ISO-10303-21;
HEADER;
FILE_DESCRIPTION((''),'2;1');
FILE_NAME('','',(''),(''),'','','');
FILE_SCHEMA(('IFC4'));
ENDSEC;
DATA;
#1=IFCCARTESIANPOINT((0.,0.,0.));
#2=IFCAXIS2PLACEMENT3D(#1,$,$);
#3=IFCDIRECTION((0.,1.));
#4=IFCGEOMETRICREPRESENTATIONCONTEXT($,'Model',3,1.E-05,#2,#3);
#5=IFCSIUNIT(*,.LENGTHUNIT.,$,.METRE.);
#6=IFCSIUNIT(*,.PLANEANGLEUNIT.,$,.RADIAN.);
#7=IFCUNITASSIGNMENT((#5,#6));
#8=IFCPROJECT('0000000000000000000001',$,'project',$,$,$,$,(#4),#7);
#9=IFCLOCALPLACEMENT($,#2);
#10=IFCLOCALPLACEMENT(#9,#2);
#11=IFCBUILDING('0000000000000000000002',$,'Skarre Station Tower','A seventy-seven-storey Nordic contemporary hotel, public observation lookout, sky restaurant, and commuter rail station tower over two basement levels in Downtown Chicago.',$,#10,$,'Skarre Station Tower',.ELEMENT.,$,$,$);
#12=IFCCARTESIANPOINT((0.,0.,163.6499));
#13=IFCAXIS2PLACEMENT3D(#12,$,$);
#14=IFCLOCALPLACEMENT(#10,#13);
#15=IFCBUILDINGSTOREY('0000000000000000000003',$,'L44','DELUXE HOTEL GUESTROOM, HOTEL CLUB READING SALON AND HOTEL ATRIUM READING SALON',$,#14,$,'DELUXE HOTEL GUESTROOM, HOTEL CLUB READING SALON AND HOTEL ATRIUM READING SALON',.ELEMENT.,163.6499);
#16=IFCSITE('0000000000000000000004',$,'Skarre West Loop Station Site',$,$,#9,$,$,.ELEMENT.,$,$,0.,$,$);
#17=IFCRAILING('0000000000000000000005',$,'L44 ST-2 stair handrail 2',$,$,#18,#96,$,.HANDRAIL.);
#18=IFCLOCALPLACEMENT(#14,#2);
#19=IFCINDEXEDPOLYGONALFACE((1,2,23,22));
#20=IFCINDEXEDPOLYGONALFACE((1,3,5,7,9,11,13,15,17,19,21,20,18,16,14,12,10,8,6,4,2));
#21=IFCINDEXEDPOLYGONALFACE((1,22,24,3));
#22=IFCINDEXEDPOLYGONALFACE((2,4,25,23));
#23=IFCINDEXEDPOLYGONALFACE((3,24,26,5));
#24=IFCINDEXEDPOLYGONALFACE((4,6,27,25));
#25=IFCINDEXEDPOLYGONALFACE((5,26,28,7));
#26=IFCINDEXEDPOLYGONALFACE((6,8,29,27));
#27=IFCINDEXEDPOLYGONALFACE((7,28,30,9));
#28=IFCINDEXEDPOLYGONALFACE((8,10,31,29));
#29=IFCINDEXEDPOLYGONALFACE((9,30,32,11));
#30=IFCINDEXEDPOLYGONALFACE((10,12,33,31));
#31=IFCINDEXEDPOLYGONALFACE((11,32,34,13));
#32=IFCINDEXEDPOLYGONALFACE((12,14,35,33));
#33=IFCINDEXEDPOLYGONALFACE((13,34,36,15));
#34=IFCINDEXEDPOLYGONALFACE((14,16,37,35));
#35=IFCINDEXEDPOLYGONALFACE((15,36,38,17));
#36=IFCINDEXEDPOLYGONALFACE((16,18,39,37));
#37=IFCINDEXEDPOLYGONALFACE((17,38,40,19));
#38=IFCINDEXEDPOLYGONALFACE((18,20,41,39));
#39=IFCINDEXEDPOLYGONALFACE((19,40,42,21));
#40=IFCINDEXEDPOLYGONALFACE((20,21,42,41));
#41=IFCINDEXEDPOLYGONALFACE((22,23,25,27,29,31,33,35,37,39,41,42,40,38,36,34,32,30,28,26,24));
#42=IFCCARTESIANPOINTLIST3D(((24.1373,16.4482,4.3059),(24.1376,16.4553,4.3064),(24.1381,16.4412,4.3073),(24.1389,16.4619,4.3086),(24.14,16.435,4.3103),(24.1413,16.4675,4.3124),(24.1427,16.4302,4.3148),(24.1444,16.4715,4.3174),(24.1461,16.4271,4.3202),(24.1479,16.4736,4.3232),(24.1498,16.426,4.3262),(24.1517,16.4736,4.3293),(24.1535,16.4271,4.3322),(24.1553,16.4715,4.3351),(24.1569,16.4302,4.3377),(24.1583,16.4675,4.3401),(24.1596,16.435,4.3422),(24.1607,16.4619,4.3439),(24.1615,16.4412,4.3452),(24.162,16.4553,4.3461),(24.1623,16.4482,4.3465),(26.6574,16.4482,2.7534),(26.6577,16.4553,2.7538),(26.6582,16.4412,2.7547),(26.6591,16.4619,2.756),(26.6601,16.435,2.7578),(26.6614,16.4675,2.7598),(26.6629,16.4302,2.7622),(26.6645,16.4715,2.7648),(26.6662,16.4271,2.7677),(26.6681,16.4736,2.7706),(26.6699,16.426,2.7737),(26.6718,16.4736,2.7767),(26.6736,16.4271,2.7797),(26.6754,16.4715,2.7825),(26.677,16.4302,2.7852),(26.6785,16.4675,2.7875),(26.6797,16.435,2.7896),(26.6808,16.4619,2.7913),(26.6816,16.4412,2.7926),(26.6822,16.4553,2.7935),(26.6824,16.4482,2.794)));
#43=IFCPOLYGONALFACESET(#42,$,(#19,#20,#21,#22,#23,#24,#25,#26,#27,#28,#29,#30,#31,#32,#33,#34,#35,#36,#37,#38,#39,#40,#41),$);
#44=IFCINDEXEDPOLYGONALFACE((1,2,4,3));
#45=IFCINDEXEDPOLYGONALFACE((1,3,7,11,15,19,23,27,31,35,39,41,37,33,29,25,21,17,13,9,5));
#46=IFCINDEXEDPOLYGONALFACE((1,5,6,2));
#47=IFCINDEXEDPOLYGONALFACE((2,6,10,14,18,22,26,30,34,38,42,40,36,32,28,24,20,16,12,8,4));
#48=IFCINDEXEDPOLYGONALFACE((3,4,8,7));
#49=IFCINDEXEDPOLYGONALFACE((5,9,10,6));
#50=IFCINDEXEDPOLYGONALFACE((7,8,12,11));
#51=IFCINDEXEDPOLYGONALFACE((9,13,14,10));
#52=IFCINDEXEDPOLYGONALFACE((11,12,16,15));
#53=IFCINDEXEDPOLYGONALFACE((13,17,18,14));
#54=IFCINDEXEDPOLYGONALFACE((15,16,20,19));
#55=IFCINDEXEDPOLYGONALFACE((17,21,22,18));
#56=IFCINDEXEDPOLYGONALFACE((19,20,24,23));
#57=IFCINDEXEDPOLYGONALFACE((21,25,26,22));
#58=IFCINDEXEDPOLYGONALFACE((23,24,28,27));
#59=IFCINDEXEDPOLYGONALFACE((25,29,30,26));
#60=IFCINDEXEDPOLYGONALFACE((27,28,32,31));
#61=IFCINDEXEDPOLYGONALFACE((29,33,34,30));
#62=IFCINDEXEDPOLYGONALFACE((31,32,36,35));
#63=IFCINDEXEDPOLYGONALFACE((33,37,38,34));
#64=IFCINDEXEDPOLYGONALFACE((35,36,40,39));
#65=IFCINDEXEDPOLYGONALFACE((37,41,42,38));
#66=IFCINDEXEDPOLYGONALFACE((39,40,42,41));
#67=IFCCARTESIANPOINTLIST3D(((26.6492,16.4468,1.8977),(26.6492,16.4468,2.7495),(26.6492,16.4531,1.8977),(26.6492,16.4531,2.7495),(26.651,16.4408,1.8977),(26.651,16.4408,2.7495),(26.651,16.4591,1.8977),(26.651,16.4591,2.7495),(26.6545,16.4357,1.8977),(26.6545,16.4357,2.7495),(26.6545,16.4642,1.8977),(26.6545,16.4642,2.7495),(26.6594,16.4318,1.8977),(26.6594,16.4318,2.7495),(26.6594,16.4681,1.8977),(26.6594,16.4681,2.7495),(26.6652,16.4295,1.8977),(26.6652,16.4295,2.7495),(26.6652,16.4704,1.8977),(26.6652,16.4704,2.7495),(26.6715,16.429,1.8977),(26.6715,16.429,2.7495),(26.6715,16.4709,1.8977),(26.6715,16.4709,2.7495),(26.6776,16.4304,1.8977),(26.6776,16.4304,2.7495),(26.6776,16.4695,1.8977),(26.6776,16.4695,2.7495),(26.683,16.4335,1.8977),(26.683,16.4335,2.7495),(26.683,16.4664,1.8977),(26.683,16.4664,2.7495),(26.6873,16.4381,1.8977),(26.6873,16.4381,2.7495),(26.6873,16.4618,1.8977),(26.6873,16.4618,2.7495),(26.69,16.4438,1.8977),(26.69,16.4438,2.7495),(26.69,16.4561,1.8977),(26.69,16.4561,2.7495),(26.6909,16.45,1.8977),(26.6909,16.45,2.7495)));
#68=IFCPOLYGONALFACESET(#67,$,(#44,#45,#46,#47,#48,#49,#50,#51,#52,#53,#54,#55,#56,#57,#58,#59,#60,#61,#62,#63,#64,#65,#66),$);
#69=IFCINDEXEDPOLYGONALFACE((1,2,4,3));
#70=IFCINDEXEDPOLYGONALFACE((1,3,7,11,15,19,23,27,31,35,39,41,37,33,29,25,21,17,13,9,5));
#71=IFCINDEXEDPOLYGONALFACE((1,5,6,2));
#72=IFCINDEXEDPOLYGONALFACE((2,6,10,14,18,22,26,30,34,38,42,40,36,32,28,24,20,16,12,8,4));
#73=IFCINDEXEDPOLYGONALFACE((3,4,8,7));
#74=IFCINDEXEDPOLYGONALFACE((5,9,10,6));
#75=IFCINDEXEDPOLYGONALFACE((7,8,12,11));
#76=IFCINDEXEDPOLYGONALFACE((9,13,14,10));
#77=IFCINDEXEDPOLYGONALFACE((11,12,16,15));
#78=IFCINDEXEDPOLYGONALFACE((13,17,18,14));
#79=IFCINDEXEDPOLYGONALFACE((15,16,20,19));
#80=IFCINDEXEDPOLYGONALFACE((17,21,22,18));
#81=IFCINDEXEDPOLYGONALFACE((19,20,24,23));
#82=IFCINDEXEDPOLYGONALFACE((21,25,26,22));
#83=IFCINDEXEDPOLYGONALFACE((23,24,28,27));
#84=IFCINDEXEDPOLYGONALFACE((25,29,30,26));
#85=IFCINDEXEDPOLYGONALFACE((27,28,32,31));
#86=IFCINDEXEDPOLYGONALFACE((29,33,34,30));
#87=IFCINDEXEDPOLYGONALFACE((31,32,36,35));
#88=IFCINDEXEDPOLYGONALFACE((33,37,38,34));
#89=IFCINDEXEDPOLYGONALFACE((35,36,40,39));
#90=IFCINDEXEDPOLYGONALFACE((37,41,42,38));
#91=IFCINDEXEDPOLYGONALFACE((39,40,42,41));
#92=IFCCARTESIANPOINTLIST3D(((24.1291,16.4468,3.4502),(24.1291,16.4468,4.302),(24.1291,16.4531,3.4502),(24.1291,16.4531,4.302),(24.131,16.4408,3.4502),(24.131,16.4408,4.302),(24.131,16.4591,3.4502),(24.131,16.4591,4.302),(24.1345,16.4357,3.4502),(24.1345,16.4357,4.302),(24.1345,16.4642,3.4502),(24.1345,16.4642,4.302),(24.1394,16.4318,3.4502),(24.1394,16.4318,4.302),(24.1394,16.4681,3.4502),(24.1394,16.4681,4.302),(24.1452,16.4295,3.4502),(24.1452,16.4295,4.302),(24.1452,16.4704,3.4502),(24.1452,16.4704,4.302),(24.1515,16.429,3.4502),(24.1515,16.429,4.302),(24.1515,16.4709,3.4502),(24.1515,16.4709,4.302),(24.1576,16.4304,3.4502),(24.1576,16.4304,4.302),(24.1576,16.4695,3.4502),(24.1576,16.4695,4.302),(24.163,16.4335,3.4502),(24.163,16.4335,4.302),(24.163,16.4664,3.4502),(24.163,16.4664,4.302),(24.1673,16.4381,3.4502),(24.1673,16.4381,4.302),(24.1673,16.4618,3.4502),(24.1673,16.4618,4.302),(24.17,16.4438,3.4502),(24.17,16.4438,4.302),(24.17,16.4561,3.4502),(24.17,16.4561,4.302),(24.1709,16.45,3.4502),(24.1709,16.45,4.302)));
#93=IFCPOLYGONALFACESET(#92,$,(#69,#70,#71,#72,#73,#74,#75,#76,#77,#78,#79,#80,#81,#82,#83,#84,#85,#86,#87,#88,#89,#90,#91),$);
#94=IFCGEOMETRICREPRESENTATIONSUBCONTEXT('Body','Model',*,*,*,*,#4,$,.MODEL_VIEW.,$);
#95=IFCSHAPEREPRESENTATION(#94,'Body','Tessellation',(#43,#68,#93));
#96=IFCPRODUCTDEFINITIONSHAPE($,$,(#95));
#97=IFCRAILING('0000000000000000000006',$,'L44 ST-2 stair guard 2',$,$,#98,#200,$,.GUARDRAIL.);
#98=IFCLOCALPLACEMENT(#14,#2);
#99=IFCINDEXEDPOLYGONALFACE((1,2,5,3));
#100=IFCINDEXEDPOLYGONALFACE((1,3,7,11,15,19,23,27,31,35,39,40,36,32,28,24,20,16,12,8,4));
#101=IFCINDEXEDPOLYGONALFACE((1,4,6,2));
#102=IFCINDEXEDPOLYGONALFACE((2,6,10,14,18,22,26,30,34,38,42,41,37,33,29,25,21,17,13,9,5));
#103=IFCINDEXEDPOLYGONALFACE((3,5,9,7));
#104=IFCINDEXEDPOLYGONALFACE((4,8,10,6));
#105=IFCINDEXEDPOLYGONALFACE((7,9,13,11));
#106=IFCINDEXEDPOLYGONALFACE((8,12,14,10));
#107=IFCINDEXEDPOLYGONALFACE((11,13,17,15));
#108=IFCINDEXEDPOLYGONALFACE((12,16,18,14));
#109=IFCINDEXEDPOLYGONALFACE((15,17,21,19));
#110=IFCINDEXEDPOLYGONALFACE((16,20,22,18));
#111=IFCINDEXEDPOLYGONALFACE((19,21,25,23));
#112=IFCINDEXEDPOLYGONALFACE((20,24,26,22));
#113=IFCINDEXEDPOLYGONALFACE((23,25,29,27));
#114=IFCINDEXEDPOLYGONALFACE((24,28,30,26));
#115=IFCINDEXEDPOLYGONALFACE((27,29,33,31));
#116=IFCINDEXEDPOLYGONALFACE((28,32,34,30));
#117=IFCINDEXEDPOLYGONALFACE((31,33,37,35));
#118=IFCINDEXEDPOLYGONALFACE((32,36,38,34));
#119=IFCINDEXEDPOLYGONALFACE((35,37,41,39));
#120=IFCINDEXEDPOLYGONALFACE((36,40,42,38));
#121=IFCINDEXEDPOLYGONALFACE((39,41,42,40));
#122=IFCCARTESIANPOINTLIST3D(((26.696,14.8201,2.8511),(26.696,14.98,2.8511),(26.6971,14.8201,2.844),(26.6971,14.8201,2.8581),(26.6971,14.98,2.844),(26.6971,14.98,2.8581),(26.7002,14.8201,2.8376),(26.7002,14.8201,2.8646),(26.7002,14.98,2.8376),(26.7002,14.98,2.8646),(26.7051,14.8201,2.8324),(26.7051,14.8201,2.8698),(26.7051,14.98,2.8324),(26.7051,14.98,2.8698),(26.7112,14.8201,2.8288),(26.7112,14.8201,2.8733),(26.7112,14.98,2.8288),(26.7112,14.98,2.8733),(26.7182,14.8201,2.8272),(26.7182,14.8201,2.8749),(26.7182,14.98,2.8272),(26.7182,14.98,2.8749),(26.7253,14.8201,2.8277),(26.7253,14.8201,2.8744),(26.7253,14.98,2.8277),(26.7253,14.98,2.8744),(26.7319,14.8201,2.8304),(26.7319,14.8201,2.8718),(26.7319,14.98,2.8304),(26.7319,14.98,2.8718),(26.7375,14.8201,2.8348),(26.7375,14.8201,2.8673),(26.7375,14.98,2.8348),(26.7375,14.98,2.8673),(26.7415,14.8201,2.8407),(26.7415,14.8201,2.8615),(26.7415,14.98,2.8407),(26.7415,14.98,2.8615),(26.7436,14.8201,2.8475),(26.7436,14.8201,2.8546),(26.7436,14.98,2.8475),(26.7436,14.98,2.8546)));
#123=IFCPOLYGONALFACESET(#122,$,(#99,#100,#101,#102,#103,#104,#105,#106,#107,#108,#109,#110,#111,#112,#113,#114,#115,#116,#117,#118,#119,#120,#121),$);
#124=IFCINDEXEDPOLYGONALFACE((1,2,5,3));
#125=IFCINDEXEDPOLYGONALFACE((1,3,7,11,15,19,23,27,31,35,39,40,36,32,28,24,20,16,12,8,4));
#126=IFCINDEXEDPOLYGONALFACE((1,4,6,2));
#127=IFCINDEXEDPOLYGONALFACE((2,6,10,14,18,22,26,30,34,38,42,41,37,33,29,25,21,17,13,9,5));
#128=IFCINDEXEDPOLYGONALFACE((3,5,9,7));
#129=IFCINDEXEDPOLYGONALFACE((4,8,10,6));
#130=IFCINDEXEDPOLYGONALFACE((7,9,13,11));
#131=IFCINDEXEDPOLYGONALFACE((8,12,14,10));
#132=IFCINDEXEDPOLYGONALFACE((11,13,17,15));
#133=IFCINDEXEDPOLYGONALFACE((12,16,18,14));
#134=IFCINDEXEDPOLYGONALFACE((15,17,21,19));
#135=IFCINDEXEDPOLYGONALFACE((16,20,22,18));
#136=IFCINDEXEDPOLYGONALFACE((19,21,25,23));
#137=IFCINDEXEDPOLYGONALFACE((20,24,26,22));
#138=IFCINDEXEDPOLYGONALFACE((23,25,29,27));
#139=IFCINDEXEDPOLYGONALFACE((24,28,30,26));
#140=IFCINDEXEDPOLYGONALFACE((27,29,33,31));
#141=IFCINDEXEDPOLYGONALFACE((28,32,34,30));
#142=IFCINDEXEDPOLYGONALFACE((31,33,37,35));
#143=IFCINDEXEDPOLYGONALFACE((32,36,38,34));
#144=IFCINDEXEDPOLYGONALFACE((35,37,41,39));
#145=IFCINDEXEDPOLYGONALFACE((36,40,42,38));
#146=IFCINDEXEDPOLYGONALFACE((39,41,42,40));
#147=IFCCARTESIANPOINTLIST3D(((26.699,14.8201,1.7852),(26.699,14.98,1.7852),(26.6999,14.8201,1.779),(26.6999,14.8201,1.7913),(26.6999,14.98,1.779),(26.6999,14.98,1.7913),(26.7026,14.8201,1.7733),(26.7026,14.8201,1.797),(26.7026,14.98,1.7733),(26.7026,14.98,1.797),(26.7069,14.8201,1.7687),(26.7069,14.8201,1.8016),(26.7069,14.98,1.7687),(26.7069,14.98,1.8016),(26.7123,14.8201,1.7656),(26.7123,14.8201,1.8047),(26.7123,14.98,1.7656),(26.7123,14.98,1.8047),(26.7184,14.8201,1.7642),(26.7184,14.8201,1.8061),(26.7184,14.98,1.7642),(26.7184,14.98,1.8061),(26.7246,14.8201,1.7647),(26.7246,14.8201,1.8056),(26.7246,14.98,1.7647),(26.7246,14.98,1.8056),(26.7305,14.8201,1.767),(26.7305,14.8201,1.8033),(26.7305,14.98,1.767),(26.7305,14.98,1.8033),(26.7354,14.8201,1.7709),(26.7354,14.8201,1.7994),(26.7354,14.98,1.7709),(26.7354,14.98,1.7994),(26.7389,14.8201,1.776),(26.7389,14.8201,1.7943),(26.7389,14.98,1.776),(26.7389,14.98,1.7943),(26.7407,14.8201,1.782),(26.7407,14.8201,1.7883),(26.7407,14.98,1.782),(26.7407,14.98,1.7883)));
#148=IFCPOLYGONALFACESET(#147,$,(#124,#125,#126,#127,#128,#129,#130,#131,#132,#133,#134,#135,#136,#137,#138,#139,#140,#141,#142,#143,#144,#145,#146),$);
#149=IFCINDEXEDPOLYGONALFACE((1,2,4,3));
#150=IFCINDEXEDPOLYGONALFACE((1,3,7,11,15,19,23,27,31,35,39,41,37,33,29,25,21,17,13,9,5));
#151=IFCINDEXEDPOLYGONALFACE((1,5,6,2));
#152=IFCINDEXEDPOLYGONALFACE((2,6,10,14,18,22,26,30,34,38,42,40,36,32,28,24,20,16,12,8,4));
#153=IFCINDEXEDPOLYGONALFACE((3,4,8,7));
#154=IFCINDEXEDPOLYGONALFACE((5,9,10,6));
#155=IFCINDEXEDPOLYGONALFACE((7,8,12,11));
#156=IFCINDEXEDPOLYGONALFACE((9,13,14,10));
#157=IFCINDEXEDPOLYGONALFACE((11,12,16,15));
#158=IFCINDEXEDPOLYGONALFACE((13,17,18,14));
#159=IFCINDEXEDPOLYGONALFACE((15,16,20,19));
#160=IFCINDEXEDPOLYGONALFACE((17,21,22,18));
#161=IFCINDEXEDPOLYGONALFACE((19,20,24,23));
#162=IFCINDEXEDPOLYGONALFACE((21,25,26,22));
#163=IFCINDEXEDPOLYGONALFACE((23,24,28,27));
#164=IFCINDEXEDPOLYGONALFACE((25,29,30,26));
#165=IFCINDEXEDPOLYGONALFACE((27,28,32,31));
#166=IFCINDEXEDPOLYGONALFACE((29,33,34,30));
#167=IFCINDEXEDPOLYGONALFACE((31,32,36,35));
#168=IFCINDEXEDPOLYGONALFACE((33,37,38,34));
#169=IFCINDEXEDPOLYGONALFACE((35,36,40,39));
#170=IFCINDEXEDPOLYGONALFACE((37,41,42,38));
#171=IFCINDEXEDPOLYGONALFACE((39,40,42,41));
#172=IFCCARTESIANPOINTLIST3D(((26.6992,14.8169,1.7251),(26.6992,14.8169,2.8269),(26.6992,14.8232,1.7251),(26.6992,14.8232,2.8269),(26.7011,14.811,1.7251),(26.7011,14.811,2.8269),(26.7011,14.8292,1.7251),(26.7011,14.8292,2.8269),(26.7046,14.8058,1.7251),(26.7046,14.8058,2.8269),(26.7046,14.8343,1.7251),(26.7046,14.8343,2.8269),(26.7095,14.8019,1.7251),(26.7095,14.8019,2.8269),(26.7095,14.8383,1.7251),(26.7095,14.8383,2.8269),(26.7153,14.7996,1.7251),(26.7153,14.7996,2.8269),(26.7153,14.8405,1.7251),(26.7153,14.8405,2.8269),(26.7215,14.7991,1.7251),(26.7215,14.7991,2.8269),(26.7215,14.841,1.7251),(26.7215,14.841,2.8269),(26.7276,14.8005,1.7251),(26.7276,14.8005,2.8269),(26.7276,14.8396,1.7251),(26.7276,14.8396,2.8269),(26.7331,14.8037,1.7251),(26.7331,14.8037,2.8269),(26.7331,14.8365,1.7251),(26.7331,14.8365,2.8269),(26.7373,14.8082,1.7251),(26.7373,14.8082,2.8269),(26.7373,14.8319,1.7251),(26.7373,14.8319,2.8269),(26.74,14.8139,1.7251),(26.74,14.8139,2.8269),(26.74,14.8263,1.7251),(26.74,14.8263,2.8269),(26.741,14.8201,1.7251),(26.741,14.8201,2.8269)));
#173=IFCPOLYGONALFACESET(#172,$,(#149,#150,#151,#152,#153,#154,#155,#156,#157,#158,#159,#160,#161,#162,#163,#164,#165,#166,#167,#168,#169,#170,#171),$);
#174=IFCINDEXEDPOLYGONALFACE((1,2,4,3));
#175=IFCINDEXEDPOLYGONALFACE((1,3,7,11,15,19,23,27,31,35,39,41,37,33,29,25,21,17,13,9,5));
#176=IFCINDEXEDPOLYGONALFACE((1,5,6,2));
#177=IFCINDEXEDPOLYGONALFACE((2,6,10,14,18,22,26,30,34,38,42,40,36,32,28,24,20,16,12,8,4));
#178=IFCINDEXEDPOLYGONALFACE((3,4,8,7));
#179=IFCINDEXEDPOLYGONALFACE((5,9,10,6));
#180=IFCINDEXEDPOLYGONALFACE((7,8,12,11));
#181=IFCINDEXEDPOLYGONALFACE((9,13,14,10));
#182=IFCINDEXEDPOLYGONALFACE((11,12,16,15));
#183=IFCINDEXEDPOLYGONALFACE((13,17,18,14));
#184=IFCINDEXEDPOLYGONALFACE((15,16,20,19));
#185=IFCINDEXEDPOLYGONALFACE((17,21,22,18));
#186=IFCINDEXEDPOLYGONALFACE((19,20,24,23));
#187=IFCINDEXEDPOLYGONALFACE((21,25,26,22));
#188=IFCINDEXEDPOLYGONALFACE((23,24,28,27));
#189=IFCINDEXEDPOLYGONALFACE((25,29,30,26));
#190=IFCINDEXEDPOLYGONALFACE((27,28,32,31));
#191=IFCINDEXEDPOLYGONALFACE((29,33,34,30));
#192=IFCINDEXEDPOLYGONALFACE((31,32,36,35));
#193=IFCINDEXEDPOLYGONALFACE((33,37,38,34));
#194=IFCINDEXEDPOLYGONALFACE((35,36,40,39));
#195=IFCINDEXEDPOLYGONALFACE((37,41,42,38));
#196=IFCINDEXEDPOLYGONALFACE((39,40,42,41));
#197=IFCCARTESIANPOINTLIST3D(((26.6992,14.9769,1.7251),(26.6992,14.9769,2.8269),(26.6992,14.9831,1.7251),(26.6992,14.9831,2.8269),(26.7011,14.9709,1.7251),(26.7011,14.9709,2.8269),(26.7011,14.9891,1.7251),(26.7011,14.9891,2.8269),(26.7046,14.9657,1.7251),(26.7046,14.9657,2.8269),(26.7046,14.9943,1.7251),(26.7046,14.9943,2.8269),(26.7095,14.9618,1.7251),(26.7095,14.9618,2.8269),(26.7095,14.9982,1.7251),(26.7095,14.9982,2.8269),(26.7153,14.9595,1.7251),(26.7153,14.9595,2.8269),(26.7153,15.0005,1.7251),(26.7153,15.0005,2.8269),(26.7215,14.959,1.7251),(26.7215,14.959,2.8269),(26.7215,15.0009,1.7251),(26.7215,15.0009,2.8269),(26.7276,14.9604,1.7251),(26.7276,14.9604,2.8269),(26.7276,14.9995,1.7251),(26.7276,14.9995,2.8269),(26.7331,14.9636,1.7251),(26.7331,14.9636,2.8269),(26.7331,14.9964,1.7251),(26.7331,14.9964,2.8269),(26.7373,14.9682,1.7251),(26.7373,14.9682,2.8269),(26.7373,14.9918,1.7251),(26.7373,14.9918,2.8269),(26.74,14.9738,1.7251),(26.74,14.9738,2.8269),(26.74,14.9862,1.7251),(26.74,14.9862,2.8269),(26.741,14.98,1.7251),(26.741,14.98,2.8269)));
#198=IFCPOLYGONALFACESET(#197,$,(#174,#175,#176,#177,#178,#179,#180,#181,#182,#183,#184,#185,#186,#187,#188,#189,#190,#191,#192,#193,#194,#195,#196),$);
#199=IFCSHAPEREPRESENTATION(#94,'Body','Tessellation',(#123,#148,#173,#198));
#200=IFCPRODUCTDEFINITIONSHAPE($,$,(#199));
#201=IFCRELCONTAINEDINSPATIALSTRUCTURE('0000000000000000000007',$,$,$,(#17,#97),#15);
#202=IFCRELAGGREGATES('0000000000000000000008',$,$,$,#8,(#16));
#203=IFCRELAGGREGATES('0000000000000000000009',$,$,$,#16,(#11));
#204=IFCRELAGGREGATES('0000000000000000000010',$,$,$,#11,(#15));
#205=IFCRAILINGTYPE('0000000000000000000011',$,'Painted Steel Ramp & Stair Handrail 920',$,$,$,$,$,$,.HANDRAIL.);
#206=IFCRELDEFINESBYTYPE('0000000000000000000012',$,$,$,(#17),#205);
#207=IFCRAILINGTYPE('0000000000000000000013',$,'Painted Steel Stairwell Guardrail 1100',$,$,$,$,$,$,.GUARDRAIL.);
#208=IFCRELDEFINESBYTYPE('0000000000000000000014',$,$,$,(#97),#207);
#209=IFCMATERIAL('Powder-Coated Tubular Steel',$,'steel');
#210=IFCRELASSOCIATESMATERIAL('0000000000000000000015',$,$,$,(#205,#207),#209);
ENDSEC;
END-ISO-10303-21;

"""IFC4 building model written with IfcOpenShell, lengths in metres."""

from ifc_helpers import new_model, si_unit, direction, frame, origin, origin_2d, place, context, subcontext, project, spatial, circle, extrude, material, type_object, element, save


model = new_model("IFC4")

# Units and contexts
model_context = context("Model", 3, precision=1e-05, world=origin(), true_north=direction((0.0, 1.0)))
body_context = subcontext(model_context, "Body", "Model", "MODEL_VIEW")
ifc_project = project(units=[si_unit("LENGTHUNIT", "METRE"), si_unit("PLANEANGLEUNIT", "RADIAN")], contexts=[model_context])

# Site, building, storey
site_placement = place(None, origin())
site = spatial("IfcSite", under=ifc_project, at=site_placement, Name="Skarre West Loop Station Site", CompositionType="ELEMENT", RefElevation=0.0)
building_placement = place(site_placement, origin())
building = spatial("IfcBuilding", under=site, at=building_placement, Name="Skarre Station Tower", Description="A seventy-seven-storey Nordic contemporary hotel, public observation lookout, sky restaurant, and commuter rail station tower over two basement levels in Downtown Chicago.", LongName="Skarre Station Tower", CompositionType="ELEMENT")
storey_placement = place(building_placement, frame((0.0, 0.0, 163.6499)))
storey = spatial("IfcBuildingStorey", under=building, at=storey_placement, Name="L44", Description="DELUXE HOTEL GUESTROOM, HOTEL CLUB READING SALON AND HOTEL ATRIUM READING SALON", LongName="DELUXE HOTEL GUESTROOM, HOTEL CLUB READING SALON AND HOTEL ATRIUM READING SALON", CompositionType="ELEMENT", Elevation=163.6499)

# Railings
ifc_material_1 = material(Name="Powder-Coated Tubular Steel", Category="steel")
railing_type_1 = type_object("IfcRailingType", Name="Painted Steel Ramp & Stair Handrail 920", PredefinedType="HANDRAIL", material=ifc_material_1)
railing_1_placement = place(storey_placement, frame((26.6699, 16.45, 1.8977)))
element("IfcRailing", 1, at=railing_1_placement, inside=storey, type_object=railing_type_1, Name="L44 ST-2 stair handrail 2", PredefinedType="HANDRAIL", context=body_context, shape_type="SweptSolid", body=[
    extrude(circle(Radius=0.0239, at=origin_2d()), frame((0.0, 0.0, 0.876), z_axis=(-0.8514, 0.0, 0.524516), x_axis=(0.0, -1.0, 0.0)), (0.0, 0.0, 1.0), 2.96),
    extrude(circle(Radius=0.021, at=origin_2d()), origin(), (0.0, 0.0, 1.0), 0.8518),
    extrude(circle(Radius=0.021, at=origin_2d()), frame((-2.52, 0.0, 1.5525)), (0.0, 0.0, 1.0), 0.8518),
])
railing_type_2 = type_object("IfcRailingType", Name="Painted Steel Stairwell Guardrail 1100", PredefinedType="GUARDRAIL", material=ifc_material_1)
railing_2_placement = place(storey_placement, frame((26.72, 14.8201, 1.7251)))
element("IfcRailing", 2, at=railing_2_placement, inside=storey, type_object=railing_type_2, Name="L44 ST-2 stair guard 2", PredefinedType="GUARDRAIL", context=body_context, shape_type="SweptSolid", body=[
    extrude(circle(Radius=0.0239, at=origin_2d()), frame((0.0, 0.0, 1.126), z_axis=(0.0, 1.0, 0.0), x_axis=(-1.0, 0.0, 0.0)), (0.0, 0.0, 1.0), 0.1599),
    extrude(circle(Radius=0.021, at=origin_2d()), frame((0.0, 0.0, 0.0601), z_axis=(0.0, 1.0, 0.0), x_axis=(-1.0, 0.0, 0.0)), (0.0, 0.0, 1.0), 0.1599),
    extrude(circle(Radius=0.021, at=origin_2d()), origin(), (0.0, 0.0, 1.0), 1.1018),
    extrude(circle(Radius=0.021, at=origin_2d()), frame((0.0, 0.1599, 0.0)), (0.0, 0.0, 1.0), 1.1018),
])

save(model, "model.ifc")
